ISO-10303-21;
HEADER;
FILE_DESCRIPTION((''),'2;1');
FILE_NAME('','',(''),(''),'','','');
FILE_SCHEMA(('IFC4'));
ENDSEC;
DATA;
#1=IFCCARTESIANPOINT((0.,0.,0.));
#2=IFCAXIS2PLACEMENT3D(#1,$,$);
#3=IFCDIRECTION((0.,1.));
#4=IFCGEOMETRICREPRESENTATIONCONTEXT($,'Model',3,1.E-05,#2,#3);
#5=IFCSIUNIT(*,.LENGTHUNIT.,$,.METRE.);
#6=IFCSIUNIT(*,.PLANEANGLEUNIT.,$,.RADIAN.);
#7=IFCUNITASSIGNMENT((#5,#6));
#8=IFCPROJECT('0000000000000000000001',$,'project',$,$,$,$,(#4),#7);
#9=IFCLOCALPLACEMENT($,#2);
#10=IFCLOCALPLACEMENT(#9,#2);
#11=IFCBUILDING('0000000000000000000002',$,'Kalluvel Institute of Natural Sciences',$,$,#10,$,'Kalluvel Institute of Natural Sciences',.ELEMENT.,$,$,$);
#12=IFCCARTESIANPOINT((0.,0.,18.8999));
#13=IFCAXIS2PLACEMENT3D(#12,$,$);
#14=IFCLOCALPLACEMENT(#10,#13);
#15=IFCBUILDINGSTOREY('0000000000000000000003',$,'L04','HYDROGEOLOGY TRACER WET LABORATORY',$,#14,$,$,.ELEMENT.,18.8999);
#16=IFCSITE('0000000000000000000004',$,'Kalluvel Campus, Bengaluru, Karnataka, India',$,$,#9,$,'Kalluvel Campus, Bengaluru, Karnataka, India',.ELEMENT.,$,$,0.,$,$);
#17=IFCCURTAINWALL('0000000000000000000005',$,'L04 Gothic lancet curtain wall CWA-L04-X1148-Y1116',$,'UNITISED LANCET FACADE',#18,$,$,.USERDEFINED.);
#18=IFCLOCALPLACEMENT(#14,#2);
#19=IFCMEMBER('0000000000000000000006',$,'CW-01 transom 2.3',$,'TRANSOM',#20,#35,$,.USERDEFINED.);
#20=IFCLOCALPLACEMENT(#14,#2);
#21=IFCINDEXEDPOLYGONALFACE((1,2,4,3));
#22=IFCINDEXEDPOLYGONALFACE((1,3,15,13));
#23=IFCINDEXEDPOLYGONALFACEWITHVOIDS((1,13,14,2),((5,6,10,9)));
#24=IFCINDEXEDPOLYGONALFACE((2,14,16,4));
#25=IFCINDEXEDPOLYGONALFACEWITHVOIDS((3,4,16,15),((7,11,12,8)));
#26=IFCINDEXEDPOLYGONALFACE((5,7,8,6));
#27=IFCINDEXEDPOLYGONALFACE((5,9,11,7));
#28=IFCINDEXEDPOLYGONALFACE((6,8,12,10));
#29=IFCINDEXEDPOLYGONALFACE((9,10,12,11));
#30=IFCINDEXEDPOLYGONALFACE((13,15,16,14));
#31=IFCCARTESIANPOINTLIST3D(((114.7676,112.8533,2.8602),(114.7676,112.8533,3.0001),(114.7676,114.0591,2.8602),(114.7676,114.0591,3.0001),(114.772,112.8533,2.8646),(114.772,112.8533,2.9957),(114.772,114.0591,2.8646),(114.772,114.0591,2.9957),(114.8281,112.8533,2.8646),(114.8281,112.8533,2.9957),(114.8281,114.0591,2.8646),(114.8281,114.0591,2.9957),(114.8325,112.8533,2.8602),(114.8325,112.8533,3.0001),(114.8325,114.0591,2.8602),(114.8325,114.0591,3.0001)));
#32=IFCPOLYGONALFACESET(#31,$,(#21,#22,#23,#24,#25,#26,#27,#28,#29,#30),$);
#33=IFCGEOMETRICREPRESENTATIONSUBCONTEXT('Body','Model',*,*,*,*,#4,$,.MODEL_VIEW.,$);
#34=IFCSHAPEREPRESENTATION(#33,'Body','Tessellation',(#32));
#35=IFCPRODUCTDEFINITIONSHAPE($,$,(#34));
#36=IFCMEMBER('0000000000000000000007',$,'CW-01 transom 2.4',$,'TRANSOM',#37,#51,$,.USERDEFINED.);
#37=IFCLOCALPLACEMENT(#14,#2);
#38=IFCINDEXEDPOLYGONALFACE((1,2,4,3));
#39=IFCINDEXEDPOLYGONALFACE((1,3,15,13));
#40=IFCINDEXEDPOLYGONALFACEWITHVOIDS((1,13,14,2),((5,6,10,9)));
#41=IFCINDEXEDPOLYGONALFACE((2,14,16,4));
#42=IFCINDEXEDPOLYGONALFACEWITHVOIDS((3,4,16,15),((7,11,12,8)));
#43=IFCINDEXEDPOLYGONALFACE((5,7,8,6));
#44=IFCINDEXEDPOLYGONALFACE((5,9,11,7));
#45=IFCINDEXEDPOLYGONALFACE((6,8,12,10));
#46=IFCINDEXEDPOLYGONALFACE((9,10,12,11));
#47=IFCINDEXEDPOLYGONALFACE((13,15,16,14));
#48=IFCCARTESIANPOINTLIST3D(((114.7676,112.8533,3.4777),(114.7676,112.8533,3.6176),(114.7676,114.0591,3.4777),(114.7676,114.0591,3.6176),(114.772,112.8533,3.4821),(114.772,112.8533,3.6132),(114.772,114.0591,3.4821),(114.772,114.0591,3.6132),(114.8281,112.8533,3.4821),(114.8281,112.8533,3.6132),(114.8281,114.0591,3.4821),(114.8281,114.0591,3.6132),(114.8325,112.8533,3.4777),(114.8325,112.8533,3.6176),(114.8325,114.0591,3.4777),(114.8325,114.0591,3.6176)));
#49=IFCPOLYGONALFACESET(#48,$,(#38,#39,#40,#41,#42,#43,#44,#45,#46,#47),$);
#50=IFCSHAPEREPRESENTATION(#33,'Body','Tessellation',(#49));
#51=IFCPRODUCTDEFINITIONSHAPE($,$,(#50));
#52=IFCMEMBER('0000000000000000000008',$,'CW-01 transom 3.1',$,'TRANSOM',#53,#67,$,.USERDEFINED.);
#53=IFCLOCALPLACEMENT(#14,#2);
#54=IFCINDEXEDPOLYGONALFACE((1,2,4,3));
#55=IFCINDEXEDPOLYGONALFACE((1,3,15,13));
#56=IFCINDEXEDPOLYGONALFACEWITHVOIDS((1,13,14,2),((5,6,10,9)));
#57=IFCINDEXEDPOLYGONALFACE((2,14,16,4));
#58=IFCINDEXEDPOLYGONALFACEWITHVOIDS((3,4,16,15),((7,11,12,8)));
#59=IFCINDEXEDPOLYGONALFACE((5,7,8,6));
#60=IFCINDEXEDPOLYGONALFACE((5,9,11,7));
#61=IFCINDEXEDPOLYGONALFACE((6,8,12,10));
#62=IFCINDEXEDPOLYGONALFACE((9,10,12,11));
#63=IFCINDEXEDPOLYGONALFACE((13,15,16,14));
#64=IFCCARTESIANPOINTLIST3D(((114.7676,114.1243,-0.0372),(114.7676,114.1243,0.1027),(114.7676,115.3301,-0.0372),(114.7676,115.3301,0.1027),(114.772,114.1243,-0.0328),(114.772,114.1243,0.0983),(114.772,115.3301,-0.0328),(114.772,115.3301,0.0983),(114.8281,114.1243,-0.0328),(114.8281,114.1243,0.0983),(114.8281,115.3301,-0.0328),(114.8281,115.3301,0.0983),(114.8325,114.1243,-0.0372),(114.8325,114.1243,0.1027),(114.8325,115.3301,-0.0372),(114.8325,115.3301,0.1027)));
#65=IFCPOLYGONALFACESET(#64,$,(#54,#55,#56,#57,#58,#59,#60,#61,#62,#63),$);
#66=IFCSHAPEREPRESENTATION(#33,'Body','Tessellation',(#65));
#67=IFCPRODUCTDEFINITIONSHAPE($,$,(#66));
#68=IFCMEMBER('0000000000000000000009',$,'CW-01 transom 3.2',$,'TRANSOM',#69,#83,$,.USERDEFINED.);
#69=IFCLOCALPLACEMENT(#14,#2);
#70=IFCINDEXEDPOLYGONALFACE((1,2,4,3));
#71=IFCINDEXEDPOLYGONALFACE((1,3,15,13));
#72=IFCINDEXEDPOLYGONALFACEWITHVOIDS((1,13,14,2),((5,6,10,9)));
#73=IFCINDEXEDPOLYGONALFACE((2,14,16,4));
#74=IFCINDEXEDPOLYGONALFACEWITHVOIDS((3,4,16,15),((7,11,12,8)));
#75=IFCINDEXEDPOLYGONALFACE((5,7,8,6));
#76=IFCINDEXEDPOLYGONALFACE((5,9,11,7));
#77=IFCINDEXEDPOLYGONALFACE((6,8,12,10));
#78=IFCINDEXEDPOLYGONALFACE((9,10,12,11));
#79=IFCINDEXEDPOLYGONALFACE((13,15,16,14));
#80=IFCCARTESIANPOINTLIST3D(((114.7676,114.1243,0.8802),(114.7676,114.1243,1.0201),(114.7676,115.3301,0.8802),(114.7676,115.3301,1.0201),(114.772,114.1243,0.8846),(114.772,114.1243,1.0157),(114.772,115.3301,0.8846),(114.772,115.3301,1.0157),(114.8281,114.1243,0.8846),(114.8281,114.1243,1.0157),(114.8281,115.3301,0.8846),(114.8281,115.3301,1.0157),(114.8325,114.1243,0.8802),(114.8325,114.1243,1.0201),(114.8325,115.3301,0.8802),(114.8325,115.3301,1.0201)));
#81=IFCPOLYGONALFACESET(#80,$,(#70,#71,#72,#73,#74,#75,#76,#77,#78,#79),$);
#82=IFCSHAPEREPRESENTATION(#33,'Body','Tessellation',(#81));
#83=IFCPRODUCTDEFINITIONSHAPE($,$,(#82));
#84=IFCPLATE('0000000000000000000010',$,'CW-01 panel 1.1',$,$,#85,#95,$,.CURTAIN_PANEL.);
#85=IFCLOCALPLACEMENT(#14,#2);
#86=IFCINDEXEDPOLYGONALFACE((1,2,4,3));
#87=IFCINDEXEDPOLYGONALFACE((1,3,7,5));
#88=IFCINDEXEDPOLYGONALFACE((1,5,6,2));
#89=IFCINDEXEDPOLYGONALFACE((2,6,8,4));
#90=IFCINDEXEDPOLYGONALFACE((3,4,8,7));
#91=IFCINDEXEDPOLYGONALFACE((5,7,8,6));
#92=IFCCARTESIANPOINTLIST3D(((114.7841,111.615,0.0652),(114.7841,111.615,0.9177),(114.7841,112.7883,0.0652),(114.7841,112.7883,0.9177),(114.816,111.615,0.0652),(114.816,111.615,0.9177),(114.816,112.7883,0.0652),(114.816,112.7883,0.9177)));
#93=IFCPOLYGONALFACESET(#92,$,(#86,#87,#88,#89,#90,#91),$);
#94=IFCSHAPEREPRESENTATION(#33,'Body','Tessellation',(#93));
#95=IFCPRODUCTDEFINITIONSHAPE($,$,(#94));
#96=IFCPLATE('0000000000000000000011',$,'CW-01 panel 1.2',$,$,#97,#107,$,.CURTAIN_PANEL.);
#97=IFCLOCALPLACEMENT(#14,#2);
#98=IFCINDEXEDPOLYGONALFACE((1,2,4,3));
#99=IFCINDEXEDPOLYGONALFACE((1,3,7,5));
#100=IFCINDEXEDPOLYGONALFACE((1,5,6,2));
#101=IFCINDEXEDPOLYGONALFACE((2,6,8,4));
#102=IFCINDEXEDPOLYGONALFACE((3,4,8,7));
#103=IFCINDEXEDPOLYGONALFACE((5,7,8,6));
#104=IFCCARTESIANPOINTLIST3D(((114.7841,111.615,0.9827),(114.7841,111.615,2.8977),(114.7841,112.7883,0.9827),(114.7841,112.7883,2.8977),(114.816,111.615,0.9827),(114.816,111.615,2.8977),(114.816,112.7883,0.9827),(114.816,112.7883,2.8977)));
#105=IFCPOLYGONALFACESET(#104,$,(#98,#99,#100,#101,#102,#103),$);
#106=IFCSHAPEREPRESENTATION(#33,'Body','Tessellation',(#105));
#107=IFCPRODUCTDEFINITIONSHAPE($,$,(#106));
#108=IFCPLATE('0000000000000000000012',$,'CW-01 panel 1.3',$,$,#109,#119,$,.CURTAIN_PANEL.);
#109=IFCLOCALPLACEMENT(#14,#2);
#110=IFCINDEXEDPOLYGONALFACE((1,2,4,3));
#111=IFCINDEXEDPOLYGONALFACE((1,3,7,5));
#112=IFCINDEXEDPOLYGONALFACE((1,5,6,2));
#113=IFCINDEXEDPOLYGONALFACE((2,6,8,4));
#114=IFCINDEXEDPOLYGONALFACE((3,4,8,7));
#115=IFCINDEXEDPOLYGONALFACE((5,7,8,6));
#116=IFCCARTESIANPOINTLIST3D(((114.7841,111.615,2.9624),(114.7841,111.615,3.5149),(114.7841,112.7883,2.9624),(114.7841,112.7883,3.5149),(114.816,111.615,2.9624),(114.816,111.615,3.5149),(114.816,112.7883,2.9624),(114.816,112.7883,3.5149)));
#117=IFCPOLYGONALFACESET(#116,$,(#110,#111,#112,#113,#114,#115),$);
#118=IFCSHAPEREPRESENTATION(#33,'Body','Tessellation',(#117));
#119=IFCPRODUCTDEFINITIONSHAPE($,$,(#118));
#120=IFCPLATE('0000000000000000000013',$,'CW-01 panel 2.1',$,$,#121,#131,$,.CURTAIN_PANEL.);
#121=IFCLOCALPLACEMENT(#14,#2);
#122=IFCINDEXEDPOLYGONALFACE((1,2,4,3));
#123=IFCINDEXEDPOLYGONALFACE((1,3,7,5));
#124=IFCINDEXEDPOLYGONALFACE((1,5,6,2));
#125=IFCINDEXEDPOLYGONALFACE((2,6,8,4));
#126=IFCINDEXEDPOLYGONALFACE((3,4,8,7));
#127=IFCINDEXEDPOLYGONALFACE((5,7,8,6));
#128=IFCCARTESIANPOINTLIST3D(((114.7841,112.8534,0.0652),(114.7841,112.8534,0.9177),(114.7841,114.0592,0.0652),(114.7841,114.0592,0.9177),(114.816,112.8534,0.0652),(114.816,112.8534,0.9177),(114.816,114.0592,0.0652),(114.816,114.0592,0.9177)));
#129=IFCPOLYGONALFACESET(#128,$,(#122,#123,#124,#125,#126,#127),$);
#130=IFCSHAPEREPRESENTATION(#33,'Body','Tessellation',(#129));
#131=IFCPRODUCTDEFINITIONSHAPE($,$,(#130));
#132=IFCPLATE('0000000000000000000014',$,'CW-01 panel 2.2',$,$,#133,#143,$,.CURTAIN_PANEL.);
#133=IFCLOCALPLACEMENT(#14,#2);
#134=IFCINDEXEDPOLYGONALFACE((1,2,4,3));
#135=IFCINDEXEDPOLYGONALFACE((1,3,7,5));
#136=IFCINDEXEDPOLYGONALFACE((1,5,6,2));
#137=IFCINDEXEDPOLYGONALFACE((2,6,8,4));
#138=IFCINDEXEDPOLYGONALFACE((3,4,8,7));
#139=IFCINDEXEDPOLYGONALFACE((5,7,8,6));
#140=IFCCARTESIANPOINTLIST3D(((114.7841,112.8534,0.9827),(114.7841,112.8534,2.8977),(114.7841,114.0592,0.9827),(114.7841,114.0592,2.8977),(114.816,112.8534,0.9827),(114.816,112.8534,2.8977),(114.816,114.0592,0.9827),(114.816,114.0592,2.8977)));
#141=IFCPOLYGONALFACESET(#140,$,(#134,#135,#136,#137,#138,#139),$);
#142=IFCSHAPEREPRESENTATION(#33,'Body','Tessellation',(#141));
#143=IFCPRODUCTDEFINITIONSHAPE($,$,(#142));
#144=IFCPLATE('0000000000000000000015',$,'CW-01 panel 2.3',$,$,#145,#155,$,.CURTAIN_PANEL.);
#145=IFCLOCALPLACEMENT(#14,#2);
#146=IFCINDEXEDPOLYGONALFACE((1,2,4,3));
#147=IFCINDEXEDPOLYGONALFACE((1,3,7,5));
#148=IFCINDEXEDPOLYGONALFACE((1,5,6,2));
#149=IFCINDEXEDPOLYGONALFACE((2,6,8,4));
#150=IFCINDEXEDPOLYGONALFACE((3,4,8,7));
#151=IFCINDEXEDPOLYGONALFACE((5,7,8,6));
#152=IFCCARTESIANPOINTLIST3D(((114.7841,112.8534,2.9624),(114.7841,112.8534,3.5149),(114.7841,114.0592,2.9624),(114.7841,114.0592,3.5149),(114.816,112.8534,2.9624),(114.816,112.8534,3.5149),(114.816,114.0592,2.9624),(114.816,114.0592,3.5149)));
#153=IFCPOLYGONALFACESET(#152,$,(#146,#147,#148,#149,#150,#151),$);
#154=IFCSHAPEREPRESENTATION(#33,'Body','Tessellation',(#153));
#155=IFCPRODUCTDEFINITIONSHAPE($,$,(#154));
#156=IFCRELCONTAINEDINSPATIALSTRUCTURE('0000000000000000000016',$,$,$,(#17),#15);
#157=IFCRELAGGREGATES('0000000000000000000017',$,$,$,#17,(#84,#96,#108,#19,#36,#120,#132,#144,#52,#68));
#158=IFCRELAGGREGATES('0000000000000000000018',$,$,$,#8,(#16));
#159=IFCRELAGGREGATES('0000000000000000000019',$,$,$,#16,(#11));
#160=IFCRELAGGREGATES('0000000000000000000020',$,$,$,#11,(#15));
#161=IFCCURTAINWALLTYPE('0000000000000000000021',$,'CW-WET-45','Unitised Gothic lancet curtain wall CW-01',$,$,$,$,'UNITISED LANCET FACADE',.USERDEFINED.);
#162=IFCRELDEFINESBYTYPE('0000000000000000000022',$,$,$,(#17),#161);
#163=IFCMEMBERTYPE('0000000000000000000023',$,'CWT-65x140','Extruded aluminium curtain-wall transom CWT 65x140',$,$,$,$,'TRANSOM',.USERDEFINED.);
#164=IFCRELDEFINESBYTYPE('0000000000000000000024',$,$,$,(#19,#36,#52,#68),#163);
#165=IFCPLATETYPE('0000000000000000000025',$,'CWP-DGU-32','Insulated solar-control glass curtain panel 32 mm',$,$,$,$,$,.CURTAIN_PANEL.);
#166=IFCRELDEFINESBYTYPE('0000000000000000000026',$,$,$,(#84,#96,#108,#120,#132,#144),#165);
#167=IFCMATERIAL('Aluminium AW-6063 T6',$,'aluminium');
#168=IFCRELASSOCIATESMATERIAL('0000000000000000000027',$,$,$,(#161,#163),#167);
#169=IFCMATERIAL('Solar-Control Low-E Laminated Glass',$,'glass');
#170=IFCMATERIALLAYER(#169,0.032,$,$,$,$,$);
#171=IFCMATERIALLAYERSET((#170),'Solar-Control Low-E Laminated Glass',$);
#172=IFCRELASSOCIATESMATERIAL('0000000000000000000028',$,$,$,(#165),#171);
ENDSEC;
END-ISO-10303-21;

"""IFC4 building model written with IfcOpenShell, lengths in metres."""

from ifc_helpers import new_model, si_unit, direction, frame, origin, origin_2d, place, context, subcontext, project, spatial, rectangle, hollow_rectangle, extrude, material, layer, layer_set, material_profile, profile_set, type_object, element, aggregate, save


model = new_model("IFC4")

# Units and contexts
model_context = context("Model", 3, precision=1e-05, world=origin(), true_north=direction((0.0, 1.0)))
body_context = subcontext(model_context, "Body", "Model", "MODEL_VIEW")
ifc_project = project(units=[si_unit("LENGTHUNIT", "METRE"), si_unit("PLANEANGLEUNIT", "RADIAN")], contexts=[model_context])

# Site, building, storey
site_placement = place(None, origin())
site = spatial("IfcSite", under=ifc_project, at=site_placement, Name="Kalluvel Campus, Bengaluru, Karnataka, India", LongName="Kalluvel Campus, Bengaluru, Karnataka, India", CompositionType="ELEMENT", RefElevation=0.0)
building_placement = place(site_placement, origin())
building = spatial("IfcBuilding", under=site, at=building_placement, Name="Kalluvel Institute of Natural Sciences", LongName="Kalluvel Institute of Natural Sciences", CompositionType="ELEMENT")
storey_placement = place(building_placement, frame((0.0, 0.0, 18.8999)))
storey = spatial("IfcBuildingStorey", under=building, at=storey_placement, Name="L04", Description="HYDROGEOLOGY TRACER WET LABORATORY", CompositionType="ELEMENT", Elevation=18.8999)

# Curtain wall, members, plates
ifc_material_1 = material(Name="Aluminium AW-6063 T6", Category="aluminium")
curtain_wall_type = type_object("IfcCurtainWallType", Name="CW-WET-45", Description="Unitised Gothic lancet curtain wall CW-01", ElementType="UNITISED LANCET FACADE", PredefinedType="USERDEFINED", material=ifc_material_1)
curtain_wall_placement = place(storey_placement, origin())
curtain_wall = element("IfcCurtainWall", 1, at=curtain_wall_placement, inside=storey, type_object=curtain_wall_type, Name="L04 Gothic lancet curtain wall CWA-L04-X1148-Y1116", ObjectType="UNITISED LANCET FACADE", PredefinedType="USERDEFINED")
ifc_material_profile_1 = material_profile(ifc_material_1, hollow_rectangle(XDim=0.0649, YDim=0.1399, WallThickness=0.0044, at=origin_2d()), Name="CWT 65x140")
ifc_profile_set_1 = profile_set([ifc_material_profile_1], Name="Aluminium AW-6063 T6")
member_type_1 = type_object("IfcMemberType", Name="CWT-65x140", Description="Extruded aluminium curtain-wall transom CWT 65x140", ElementType="TRANSOM", PredefinedType="USERDEFINED", material=ifc_profile_set_1)
member_1_placement = place(storey_placement, frame((114.8, 112.8533, 2.9302), z_axis=(0.0, 1.0, 0.0), x_axis=(-1.0, 0.0, 0.0)))
member_1 = element("IfcMember", 2, at=member_1_placement, type_object=member_type_1, Name="CW-01 transom 2.3", ObjectType="TRANSOM", PredefinedType="USERDEFINED", context=body_context, shape_type="SweptSolid", body=[
    extrude(hollow_rectangle(XDim=0.0649, YDim=0.1399, WallThickness=0.0044, at=origin_2d()), origin(), (0.0, 0.0, 1.0), 1.2058),
])
member_2_placement = place(storey_placement, frame((114.8, 112.8533, 3.5476), z_axis=(0.0, 1.0, 0.0), x_axis=(-1.0, 0.0, 0.0)))
member_2 = element("IfcMember", 3, at=member_2_placement, type_object=member_type_1, Name="CW-01 transom 2.4", ObjectType="TRANSOM", PredefinedType="USERDEFINED", context=body_context, shape_type="SweptSolid", body=[
    extrude(hollow_rectangle(XDim=0.0649, YDim=0.1399, WallThickness=0.0044, at=origin_2d()), origin(), (0.0, 0.0, 1.0), 1.2058),
])
member_3_placement = place(storey_placement, frame((114.8, 114.1243, 0.0327), z_axis=(0.0, 1.0, 0.0), x_axis=(-1.0, 0.0, 0.0)))
member_3 = element("IfcMember", 4, at=member_3_placement, type_object=member_type_1, Name="CW-01 transom 3.1", ObjectType="TRANSOM", PredefinedType="USERDEFINED", context=body_context, shape_type="SweptSolid", body=[
    extrude(hollow_rectangle(XDim=0.0649, YDim=0.1399, WallThickness=0.0044, at=origin_2d()), origin(), (0.0, 0.0, 1.0), 1.2058),
])
member_4_placement = place(storey_placement, frame((114.8, 114.1243, 0.9502), z_axis=(0.0, 1.0, 0.0), x_axis=(-1.0, 0.0, 0.0)))
member_4 = element("IfcMember", 5, at=member_4_placement, type_object=member_type_1, Name="CW-01 transom 3.2", ObjectType="TRANSOM", PredefinedType="USERDEFINED", context=body_context, shape_type="SweptSolid", body=[
    extrude(hollow_rectangle(XDim=0.0649, YDim=0.1399, WallThickness=0.0044, at=origin_2d()), origin(), (0.0, 0.0, 1.0), 1.2058),
])
ifc_material_2 = material(Name="Solar-Control Low-E Laminated Glass", Category="glass")
ifc_layer = layer(ifc_material_2, 0.032)
ifc_layer_set = layer_set([ifc_layer], Name="Solar-Control Low-E Laminated Glass")
plate_type = type_object("IfcPlateType", Name="CWP-DGU-32", Description="Insulated solar-control glass curtain panel 32 mm", PredefinedType="CURTAIN_PANEL", material=ifc_layer_set)
plate_1_placement = place(storey_placement, frame((114.8, 112.2017, 0.0652), z_axis=(0.0, 0.0, 1.0), x_axis=(0.0, 1.0, 0.0)))
plate_1 = element("IfcPlate", 6, at=plate_1_placement, type_object=plate_type, Name="CW-01 panel 1.1", PredefinedType="CURTAIN_PANEL", context=body_context, shape_type="SweptSolid", body=[
    extrude(rectangle(XDim=1.1733, YDim=0.032, at=origin_2d()), origin(), (0.0, 0.0, 1.0), 0.8525),
])
plate_2_placement = place(storey_placement, frame((114.8, 112.2017, 0.9827), z_axis=(0.0, 0.0, 1.0), x_axis=(0.0, 1.0, 0.0)))
plate_2 = element("IfcPlate", 7, at=plate_2_placement, type_object=plate_type, Name="CW-01 panel 1.2", PredefinedType="CURTAIN_PANEL", context=body_context, shape_type="SweptSolid", body=[
    extrude(rectangle(XDim=1.1733, YDim=0.032, at=origin_2d()), origin(), (0.0, 0.0, 1.0), 1.915),
])
plate_3_placement = place(storey_placement, frame((114.8, 112.2017, 2.9624), z_axis=(0.0, 0.0, 1.0), x_axis=(0.0, 1.0, 0.0)))
plate_3 = element("IfcPlate", 8, at=plate_3_placement, type_object=plate_type, Name="CW-01 panel 1.3", PredefinedType="CURTAIN_PANEL", context=body_context, shape_type="SweptSolid", body=[
    extrude(rectangle(XDim=1.1733, YDim=0.032, at=origin_2d()), origin(), (0.0, 0.0, 1.0), 0.5525),
])
plate_4_placement = place(storey_placement, frame((114.8, 113.4563, 0.0652), z_axis=(0.0, 0.0, 1.0), x_axis=(0.0, 1.0, 0.0)))
plate_4 = element("IfcPlate", 9, at=plate_4_placement, type_object=plate_type, Name="CW-01 panel 2.1", PredefinedType="CURTAIN_PANEL", context=body_context, shape_type="SweptSolid", body=[
    extrude(rectangle(XDim=1.2058, YDim=0.032, at=origin_2d()), origin(), (0.0, 0.0, 1.0), 0.8525),
])
plate_5_placement = place(storey_placement, frame((114.8, 113.4563, 0.9827), z_axis=(0.0, 0.0, 1.0), x_axis=(0.0, 1.0, 0.0)))
plate_5 = element("IfcPlate", 10, at=plate_5_placement, type_object=plate_type, Name="CW-01 panel 2.2", PredefinedType="CURTAIN_PANEL", context=body_context, shape_type="SweptSolid", body=[
    extrude(rectangle(XDim=1.2058, YDim=0.032, at=origin_2d()), origin(), (0.0, 0.0, 1.0), 1.915),
])
plate_6_placement = place(storey_placement, frame((114.8, 113.4563, 2.9624), z_axis=(0.0, 0.0, 1.0), x_axis=(0.0, 1.0, 0.0)))
plate_6 = element("IfcPlate", 11, at=plate_6_placement, type_object=plate_type, Name="CW-01 panel 2.3", PredefinedType="CURTAIN_PANEL", context=body_context, shape_type="SweptSolid", body=[
    extrude(rectangle(XDim=1.2058, YDim=0.032, at=origin_2d()), origin(), (0.0, 0.0, 1.0), 0.5525),
])
aggregate(curtain_wall, [plate_1, plate_2, plate_3, member_1, member_2, plate_4, plate_5, plate_6, member_3, member_4])

save(model, "model.ifc")
